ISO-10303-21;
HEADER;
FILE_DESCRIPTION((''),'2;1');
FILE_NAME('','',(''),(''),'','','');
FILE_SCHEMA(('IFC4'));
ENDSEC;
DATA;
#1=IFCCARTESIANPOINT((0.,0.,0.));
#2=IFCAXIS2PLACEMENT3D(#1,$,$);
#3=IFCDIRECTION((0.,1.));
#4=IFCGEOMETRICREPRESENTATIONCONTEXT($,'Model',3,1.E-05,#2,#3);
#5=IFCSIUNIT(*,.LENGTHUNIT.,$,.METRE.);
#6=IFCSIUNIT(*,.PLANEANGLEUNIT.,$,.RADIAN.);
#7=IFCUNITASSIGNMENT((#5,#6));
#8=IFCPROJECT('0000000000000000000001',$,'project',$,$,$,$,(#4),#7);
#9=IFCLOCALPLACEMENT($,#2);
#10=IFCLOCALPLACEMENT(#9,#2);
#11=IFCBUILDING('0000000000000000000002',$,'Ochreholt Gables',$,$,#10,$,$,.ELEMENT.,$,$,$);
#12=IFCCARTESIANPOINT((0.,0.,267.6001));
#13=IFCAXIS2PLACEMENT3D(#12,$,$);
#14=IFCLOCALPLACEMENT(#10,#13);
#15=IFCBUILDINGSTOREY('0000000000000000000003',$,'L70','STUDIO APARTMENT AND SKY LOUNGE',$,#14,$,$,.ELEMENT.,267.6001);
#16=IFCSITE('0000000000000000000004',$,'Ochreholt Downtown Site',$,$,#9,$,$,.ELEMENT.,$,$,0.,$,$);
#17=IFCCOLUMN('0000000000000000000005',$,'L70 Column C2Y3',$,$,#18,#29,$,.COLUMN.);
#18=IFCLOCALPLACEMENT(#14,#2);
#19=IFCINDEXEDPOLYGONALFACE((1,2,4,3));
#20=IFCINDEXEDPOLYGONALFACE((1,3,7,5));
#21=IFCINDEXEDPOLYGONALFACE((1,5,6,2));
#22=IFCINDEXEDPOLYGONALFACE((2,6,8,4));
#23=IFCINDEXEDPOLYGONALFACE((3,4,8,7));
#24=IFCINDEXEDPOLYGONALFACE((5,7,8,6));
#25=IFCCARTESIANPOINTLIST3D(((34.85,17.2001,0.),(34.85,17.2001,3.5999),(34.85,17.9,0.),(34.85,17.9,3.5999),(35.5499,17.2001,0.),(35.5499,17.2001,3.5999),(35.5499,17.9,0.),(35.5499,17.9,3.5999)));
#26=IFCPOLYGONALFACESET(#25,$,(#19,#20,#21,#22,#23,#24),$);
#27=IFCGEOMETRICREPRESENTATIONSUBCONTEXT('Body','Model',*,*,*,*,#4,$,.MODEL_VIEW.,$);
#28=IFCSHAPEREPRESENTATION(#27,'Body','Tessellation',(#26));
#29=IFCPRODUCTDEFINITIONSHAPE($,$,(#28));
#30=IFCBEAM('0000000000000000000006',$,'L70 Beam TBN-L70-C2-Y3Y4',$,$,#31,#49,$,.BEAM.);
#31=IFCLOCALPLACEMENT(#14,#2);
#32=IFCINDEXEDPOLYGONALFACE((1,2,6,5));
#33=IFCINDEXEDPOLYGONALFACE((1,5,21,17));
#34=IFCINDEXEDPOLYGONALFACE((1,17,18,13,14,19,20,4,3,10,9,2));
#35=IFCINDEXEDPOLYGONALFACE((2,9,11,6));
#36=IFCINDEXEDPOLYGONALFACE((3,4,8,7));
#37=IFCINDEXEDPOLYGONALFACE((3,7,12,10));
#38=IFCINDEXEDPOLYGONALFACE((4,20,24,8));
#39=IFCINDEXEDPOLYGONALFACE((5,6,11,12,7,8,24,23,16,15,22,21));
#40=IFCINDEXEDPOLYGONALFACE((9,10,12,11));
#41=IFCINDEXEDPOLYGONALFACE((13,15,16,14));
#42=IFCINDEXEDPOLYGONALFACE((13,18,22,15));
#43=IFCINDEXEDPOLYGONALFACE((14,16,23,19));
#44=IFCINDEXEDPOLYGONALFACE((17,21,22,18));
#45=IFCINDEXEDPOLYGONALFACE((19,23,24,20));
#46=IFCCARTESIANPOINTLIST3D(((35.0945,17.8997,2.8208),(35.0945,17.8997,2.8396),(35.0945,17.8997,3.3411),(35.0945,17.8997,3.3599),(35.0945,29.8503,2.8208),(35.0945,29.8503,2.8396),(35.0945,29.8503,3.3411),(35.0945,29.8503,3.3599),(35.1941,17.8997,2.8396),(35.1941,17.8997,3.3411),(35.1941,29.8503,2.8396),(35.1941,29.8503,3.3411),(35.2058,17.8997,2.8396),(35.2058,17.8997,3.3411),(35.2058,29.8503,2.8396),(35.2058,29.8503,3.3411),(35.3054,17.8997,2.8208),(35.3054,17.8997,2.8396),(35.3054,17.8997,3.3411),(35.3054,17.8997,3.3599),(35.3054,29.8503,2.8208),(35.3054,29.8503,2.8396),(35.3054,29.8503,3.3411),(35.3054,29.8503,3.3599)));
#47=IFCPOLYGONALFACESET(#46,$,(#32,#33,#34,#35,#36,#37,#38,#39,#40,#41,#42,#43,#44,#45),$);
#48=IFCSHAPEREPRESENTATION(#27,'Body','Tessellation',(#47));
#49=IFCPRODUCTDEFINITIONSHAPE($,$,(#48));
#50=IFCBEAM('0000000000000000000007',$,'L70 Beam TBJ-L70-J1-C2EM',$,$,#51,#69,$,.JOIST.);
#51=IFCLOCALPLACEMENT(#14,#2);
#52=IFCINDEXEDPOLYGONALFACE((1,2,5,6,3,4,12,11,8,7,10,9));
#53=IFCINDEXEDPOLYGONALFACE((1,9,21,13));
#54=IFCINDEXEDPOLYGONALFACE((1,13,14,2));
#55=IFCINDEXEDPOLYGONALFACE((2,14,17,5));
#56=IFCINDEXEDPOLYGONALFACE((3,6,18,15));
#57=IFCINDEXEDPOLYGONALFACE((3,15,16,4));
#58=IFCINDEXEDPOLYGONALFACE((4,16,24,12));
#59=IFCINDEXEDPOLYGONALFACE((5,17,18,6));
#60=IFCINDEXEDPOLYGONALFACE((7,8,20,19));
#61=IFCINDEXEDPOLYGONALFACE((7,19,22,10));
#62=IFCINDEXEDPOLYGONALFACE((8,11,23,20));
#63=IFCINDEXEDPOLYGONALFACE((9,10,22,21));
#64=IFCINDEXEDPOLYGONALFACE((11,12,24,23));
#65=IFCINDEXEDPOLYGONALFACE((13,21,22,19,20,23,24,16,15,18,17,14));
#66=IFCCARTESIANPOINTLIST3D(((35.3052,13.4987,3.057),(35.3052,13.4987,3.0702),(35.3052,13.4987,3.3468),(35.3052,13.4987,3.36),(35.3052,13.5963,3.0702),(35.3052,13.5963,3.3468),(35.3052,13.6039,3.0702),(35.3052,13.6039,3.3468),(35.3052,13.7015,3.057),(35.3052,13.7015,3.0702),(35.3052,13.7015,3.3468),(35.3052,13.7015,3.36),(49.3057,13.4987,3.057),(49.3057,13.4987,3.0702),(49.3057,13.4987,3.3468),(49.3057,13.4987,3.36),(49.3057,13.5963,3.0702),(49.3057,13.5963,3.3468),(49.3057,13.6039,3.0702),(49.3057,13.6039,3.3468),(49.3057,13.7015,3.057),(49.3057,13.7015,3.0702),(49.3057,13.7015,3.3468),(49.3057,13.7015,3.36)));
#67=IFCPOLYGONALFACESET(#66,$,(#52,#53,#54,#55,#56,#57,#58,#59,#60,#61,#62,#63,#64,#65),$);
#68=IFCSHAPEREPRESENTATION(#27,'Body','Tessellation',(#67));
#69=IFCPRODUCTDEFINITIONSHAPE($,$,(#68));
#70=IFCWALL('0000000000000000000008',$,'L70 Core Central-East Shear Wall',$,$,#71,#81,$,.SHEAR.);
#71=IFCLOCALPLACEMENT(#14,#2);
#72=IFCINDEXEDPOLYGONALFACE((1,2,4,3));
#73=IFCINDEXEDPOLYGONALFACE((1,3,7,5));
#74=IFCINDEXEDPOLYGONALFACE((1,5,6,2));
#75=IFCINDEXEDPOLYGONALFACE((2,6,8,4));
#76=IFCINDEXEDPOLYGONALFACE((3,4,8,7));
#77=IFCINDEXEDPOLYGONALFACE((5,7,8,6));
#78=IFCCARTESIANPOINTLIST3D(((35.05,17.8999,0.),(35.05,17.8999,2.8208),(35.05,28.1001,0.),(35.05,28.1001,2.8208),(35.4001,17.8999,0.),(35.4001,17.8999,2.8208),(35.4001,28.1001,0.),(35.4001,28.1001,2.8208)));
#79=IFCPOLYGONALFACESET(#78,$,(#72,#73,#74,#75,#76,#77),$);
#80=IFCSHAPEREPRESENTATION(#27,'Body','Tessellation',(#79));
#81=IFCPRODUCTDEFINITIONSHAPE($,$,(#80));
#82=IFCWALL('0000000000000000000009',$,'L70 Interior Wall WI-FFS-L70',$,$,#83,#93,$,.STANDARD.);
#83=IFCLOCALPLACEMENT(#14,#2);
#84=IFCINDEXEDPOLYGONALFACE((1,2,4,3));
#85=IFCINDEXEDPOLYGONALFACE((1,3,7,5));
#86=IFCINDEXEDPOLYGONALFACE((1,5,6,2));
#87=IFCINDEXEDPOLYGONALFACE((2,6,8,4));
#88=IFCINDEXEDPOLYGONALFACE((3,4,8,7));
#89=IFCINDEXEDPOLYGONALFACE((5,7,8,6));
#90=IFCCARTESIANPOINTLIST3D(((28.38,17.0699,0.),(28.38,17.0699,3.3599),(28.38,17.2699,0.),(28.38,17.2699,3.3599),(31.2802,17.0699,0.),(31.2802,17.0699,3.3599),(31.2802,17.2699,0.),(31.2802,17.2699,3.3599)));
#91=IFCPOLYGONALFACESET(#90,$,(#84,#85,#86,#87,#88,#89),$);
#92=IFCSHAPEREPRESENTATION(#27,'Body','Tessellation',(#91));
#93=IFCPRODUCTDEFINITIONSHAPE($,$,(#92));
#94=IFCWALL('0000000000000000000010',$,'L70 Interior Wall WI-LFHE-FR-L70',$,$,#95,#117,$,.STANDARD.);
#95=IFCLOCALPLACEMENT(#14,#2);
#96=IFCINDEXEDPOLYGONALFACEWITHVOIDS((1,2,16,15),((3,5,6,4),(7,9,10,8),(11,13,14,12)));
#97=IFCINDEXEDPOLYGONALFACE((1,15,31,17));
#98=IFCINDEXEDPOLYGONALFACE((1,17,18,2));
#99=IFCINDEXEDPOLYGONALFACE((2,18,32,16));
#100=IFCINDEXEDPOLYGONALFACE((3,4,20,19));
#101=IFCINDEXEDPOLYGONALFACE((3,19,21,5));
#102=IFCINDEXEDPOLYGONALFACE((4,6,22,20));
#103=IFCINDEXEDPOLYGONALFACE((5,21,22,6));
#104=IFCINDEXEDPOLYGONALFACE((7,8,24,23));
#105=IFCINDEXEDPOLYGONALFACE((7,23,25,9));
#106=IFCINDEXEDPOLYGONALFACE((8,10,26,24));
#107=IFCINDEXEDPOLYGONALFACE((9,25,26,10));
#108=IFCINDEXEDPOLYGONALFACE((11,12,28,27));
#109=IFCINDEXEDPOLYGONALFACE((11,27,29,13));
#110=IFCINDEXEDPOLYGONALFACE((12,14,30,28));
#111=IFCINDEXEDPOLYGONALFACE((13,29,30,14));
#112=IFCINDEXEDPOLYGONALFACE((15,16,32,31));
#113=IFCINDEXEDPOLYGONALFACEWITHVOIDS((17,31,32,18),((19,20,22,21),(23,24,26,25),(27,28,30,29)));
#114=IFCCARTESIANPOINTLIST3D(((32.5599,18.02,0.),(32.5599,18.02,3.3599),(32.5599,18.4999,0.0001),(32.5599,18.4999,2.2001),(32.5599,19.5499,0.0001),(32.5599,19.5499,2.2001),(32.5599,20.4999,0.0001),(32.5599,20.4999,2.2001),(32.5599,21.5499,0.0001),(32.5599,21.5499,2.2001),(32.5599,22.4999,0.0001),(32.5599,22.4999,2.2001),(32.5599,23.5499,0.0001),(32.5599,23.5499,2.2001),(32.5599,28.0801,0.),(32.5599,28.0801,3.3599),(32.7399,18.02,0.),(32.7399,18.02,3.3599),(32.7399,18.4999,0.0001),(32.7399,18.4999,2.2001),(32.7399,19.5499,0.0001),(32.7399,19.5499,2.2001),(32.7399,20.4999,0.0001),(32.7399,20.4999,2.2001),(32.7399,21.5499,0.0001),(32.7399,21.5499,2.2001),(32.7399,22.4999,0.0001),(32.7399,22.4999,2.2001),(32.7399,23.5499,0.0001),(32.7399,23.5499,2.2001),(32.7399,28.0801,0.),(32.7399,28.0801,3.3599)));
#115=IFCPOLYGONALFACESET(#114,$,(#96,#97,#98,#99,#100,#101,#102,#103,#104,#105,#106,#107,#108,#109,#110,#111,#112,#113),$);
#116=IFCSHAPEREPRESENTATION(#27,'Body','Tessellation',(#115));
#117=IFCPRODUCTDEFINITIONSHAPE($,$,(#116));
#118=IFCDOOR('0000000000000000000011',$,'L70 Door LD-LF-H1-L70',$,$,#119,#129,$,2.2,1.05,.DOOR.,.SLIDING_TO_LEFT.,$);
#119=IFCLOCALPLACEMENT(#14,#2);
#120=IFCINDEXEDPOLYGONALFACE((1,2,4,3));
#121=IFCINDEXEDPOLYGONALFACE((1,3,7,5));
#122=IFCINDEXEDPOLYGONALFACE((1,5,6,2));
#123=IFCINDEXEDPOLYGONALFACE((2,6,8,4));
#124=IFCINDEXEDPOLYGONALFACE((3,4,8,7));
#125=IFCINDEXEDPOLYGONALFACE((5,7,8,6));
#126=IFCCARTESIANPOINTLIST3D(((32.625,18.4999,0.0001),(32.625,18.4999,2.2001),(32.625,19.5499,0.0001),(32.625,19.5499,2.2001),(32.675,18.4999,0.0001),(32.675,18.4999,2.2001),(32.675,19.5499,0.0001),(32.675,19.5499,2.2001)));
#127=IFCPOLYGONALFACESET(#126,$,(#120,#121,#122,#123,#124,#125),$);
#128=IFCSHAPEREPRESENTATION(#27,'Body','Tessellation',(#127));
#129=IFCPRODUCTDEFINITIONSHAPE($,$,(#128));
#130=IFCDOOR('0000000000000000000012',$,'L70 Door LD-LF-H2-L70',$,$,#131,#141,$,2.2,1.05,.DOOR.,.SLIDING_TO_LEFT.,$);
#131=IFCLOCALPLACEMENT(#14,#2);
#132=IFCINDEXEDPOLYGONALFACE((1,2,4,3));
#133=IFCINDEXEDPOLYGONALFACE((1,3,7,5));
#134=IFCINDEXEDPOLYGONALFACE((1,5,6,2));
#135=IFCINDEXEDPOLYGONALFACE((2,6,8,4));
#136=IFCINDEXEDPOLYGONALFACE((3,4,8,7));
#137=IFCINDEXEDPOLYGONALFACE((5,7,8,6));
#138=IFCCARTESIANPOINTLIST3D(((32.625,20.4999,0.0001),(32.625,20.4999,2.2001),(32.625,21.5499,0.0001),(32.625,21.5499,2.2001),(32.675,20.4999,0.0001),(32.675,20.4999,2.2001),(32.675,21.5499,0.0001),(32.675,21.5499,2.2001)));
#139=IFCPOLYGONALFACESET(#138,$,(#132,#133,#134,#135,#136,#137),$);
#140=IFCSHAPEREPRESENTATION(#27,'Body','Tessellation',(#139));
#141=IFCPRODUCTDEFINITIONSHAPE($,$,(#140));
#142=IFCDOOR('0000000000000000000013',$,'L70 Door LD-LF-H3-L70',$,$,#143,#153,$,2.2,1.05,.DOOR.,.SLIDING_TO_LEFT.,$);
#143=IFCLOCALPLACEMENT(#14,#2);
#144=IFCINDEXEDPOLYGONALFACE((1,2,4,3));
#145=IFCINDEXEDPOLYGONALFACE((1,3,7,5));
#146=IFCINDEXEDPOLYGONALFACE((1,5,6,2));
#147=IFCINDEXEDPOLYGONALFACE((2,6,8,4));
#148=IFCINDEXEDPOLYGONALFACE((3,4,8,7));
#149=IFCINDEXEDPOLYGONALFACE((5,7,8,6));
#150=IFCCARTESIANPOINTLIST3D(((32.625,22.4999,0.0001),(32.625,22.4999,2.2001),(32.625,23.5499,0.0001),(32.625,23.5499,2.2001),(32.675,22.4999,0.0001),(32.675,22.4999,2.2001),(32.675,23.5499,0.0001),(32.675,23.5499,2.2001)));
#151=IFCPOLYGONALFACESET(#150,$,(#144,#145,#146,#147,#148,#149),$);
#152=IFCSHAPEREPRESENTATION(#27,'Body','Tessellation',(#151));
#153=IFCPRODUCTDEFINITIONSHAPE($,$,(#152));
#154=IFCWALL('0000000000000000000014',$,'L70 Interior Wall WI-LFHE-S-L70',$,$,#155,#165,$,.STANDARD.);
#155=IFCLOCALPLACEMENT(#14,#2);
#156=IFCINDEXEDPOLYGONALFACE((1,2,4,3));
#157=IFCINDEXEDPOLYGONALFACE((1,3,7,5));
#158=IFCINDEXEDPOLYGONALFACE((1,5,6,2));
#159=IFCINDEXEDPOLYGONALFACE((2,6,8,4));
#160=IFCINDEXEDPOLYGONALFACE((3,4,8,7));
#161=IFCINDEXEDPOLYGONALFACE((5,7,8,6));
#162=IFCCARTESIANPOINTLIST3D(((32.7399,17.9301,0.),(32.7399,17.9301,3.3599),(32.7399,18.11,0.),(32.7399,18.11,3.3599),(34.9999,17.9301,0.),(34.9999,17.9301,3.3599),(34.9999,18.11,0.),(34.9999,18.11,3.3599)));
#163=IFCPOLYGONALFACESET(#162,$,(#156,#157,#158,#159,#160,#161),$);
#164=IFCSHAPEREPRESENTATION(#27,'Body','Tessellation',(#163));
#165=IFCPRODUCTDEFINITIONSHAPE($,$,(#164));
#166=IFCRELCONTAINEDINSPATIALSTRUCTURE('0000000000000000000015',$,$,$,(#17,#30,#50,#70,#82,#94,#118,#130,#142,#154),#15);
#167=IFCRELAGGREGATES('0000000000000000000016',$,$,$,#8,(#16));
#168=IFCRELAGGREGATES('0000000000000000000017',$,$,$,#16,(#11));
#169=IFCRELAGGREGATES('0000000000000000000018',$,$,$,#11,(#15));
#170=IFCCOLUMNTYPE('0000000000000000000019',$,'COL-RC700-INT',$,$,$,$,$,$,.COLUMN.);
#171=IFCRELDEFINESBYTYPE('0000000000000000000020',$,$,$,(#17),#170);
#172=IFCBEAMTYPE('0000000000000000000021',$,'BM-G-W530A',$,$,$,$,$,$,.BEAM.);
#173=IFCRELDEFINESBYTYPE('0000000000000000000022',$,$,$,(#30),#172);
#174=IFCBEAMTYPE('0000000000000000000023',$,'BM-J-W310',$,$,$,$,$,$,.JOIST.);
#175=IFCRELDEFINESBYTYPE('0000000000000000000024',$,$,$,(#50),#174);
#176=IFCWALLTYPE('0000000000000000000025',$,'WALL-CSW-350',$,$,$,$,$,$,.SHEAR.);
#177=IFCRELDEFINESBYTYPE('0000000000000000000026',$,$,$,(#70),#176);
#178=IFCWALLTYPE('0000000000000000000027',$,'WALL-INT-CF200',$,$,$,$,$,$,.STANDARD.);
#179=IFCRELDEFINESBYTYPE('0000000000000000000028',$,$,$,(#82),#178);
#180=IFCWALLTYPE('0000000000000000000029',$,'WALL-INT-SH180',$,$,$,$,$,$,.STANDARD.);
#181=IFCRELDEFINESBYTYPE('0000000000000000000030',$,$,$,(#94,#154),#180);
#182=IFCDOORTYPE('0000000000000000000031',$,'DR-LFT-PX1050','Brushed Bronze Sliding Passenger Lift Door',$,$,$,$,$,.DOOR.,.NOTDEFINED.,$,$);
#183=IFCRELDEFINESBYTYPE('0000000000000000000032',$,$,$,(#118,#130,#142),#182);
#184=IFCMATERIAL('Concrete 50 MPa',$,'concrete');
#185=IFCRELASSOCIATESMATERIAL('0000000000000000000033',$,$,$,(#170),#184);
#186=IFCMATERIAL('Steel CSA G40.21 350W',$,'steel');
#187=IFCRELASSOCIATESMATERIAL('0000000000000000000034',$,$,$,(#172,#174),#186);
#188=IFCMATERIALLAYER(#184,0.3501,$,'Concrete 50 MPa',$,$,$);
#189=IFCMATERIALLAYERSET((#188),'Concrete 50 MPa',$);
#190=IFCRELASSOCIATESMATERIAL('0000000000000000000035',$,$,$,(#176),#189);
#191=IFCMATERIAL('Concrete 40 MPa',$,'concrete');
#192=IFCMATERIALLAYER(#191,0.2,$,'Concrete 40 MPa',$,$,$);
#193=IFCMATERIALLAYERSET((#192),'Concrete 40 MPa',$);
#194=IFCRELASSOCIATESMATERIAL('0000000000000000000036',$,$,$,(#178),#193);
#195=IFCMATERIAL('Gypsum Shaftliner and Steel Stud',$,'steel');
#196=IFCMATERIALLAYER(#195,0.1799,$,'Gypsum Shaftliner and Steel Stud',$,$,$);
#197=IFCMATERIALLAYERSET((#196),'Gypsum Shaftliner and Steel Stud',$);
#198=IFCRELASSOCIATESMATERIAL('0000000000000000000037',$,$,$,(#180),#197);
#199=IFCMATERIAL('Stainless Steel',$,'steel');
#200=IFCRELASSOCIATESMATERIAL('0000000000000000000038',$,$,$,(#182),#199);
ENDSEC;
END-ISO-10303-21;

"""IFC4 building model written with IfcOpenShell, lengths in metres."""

from ifc_helpers import new_model, si_unit, direction, frame, frame_2d, origin, origin_2d, place, context, subcontext, project, spatial, rectangle, i_section, extrude, material, layer, layer_set, material_profile, profile_set, type_object, element, fill, save


model = new_model("IFC4")

# Units and contexts
model_context = context("Model", 3, precision=1e-05, world=origin(), true_north=direction((0.0, 1.0)))
body_context = subcontext(model_context, "Body", "Model", "MODEL_VIEW")
ifc_project = project(units=[si_unit("LENGTHUNIT", "METRE"), si_unit("PLANEANGLEUNIT", "RADIAN")], contexts=[model_context])

# Site, building, storey
site_placement = place(None, origin())
site = spatial("IfcSite", under=ifc_project, at=site_placement, Name="Ochreholt Downtown Site", CompositionType="ELEMENT", RefElevation=0.0)
building_placement = place(site_placement, origin())
building = spatial("IfcBuilding", under=site, at=building_placement, Name="Ochreholt Gables", CompositionType="ELEMENT")
storey_placement = place(building_placement, frame((0.0, 0.0, 267.6001)))
storey = spatial("IfcBuildingStorey", under=building, at=storey_placement, Name="L70", Description="STUDIO APARTMENT AND SKY LOUNGE", CompositionType="ELEMENT", Elevation=267.6001)

# Column
ifc_material_1 = material(Name="Concrete 50 MPa", Category="concrete")
ifc_material_profile_1 = material_profile(ifc_material_1, rectangle(XDim=0.7, YDim=0.7, at=origin_2d()), Name="RC700X700")
ifc_profile_set_1 = profile_set([ifc_material_profile_1], Name="Concrete 50 MPa")
column_type = type_object("IfcColumnType", Name="COL-RC700-INT", PredefinedType="COLUMN", material=ifc_profile_set_1)
column_placement = place(storey_placement, frame((35.2, 17.55, 0.0), z_axis=(0.0, 0.0, 1.0), x_axis=(1.0, 0.0, 0.0)))
element("IfcColumn", 1, at=column_placement, inside=storey, type_object=column_type, Name="L70 Column C2Y3", PredefinedType="COLUMN", context=body_context, shape_type="SweptSolid", body=[
    extrude(rectangle(XDim=0.7, YDim=0.7, at=origin_2d()), origin(), (0.0, 0.0, 1.0), 3.5999),
])

# Beams
ifc_material_2 = material(Name="Steel CSA G40.21 350W", Category="steel")
ifc_material_profile_2 = material_profile(ifc_material_2, i_section(OverallWidth=0.2109, OverallDepth=0.5391, WebThickness=0.0117, FlangeThickness=0.0188, at=origin_2d()), Name="W530X109")
ifc_profile_set_2 = profile_set([ifc_material_profile_2], Name="Steel CSA G40.21 350W")
beam_type_1 = type_object("IfcBeamType", Name="BM-G-W530A", PredefinedType="BEAM", material=ifc_profile_set_2)
beam_1_placement = place(storey_placement, frame((35.2, 17.8997, 3.0903), z_axis=(0.0, 1.0, 0.0), x_axis=(-1.0, 0.0, 0.0)))
element("IfcBeam", 2, at=beam_1_placement, inside=storey, type_object=beam_type_1, Name="L70 Beam TBN-L70-C2-Y3Y4", PredefinedType="BEAM", context=body_context, shape_type="SweptSolid", body=[
    extrude(i_section(OverallWidth=0.2109, OverallDepth=0.5391, WebThickness=0.0117, FlangeThickness=0.0188, at=origin_2d()), origin(), (0.0, 0.0, 1.0), 11.9507),
])
ifc_material_profile_3 = material_profile(ifc_material_2, i_section(OverallWidth=0.2029, OverallDepth=0.303, WebThickness=0.0076, FlangeThickness=0.0132, at=origin_2d()), Name="W310X60")
ifc_profile_set_3 = profile_set([ifc_material_profile_3], Name="Steel CSA G40.21 350W")
beam_type_2 = type_object("IfcBeamType", Name="BM-J-W310", PredefinedType="JOIST", material=ifc_profile_set_3)
beam_2_placement = place(storey_placement, frame((35.3052, 13.6001, 3.2085), z_axis=(1.0, 0.0, 0.0), x_axis=(0.0, 1.0, 0.0)))
element("IfcBeam", 3, at=beam_2_placement, inside=storey, type_object=beam_type_2, Name="L70 Beam TBJ-L70-J1-C2EM", PredefinedType="JOIST", context=body_context, shape_type="SweptSolid", body=[
    extrude(i_section(OverallWidth=0.2029, OverallDepth=0.303, WebThickness=0.0076, FlangeThickness=0.0132, at=origin_2d()), origin(), (0.0, 0.0, 1.0), 14.0005),
])

# Walls
ifc_layer_1 = layer(ifc_material_1, 0.3501, Name="Concrete 50 MPa")
ifc_layer_set_1 = layer_set([ifc_layer_1], Name="Concrete 50 MPa")
wall_type_1 = type_object("IfcWallType", Name="WALL-CSW-350", PredefinedType="SHEAR", material=ifc_layer_set_1)
wall_1_placement = place(storey_placement, frame((35.2251, 17.8999, 0.0), z_axis=(0.0, 0.0, 1.0), x_axis=(0.0, 1.0, 0.0)))
element("IfcWall", 4, at=wall_1_placement, inside=storey, type_object=wall_type_1, Name="L70 Core Central-East Shear Wall", PredefinedType="SHEAR", context=body_context, shape_type="SweptSolid", body=[
    extrude(rectangle(XDim=10.2002, YDim=0.3501, at=frame_2d((5.1001, 0.0))), origin(), (0.0, 0.0, 1.0), 2.8208),
])
ifc_material_3 = material(Name="Concrete 40 MPa", Category="concrete")
ifc_layer_2 = layer(ifc_material_3, 0.2, Name="Concrete 40 MPa")
ifc_layer_set_2 = layer_set([ifc_layer_2], Name="Concrete 40 MPa")
wall_type_2 = type_object("IfcWallType", Name="WALL-INT-CF200", PredefinedType="STANDARD", material=ifc_layer_set_2)
wall_2_placement = place(storey_placement, frame((28.3799, 17.1699, 0.0), z_axis=(0.0, 0.0, 1.0), x_axis=(1.0, 0.0, 0.0)))
element("IfcWall", 5, at=wall_2_placement, inside=storey, type_object=wall_type_2, Name="L70 Interior Wall WI-FFS-L70", PredefinedType="STANDARD", context=body_context, shape_type="SweptSolid", body=[
    extrude(rectangle(XDim=2.9001, YDim=0.2, at=frame_2d((1.4502, 0.0))), origin(), (0.0, 0.0, 1.0), 3.3599),
])

# Wall, openings, doors
ifc_material_4 = material(Name="Gypsum Shaftliner and Steel Stud", Category="steel")
ifc_layer_3 = layer(ifc_material_4, 0.1799, Name="Gypsum Shaftliner and Steel Stud")
ifc_layer_set_3 = layer_set([ifc_layer_3], Name="Gypsum Shaftliner and Steel Stud")
wall_type_3 = type_object("IfcWallType", Name="WALL-INT-SH180", PredefinedType="STANDARD", material=ifc_layer_set_3)
wall_3_placement = place(storey_placement, frame((32.6499, 18.02, 0.0), z_axis=(0.0, 0.0, 1.0), x_axis=(0.0, 1.0, 0.0)))
wall_3 = element("IfcWall", 6, at=wall_3_placement, inside=storey, type_object=wall_type_3, Name="L70 Interior Wall WI-LFHE-FR-L70", PredefinedType="STANDARD", context=body_context, shape_type="SweptSolid", body=[
    extrude(rectangle(XDim=10.0601, YDim=0.1799, at=frame_2d((5.03, 0.0))), origin(), (0.0, 0.0, 1.0), 3.3599),
])
opening_1_placement = place(wall_3_placement, frame((0.48, 0.0, 0.0)))
opening_1 = element("IfcOpeningElement", 7, at=opening_1_placement, cuts=wall_3, PredefinedType="OPENING", context=body_context, shape_type="SweptSolid", body=[
    extrude(rectangle(XDim=1.05, YDim=2.2, at=frame_2d((0.5249, 1.1001))), frame((0.0, 0.0999, 0.0), z_axis=(0.0, -1.0, 0.0), x_axis=(1.0, 0.0, 0.0)), (0.0, 0.0, 1.0), 0.2),
])
opening_2_placement = place(wall_3_placement, frame((2.48, 0.0, 0.0)))
opening_2 = element("IfcOpeningElement", 8, at=opening_2_placement, cuts=wall_3, PredefinedType="OPENING", context=body_context, shape_type="SweptSolid", body=[
    extrude(rectangle(XDim=1.05, YDim=2.2, at=frame_2d((0.5249, 1.1001))), frame((0.0, 0.0999, 0.0), z_axis=(0.0, -1.0, 0.0), x_axis=(1.0, 0.0, 0.0)), (0.0, 0.0, 1.0), 0.2),
])
opening_3_placement = place(wall_3_placement, frame((4.48, 0.0, 0.0)))
opening_3 = element("IfcOpeningElement", 9, at=opening_3_placement, cuts=wall_3, PredefinedType="OPENING", context=body_context, shape_type="SweptSolid", body=[
    extrude(rectangle(XDim=1.05, YDim=2.2, at=frame_2d((0.5249, 1.1001))), frame((0.0, 0.0999, 0.0), z_axis=(0.0, -1.0, 0.0), x_axis=(1.0, 0.0, 0.0)), (0.0, 0.0, 1.0), 0.2),
])
ifc_material_5 = material(Name="Stainless Steel", Category="steel")
door_type_1 = type_object("IfcDoorType", Name="DR-LFT-PX1050", Description="Brushed Bronze Sliding Passenger Lift Door", OperationType="NOTDEFINED", PredefinedType="DOOR", material=ifc_material_5)
door_1_placement = place(opening_1_placement, origin())
door_1 = element("IfcDoor", 10, at=door_1_placement, inside=storey, type_object=door_type_1, Name="L70 Door LD-LF-H1-L70", OperationType="SLIDING_TO_LEFT", OverallHeight=2.2, OverallWidth=1.05, PredefinedType="DOOR", context=body_context, shape_type="SweptSolid", body=[
    extrude(rectangle(XDim=1.05, YDim=2.2, at=frame_2d((0.5249, 1.1001))), frame((0.0, 0.0249, 0.0), z_axis=(0.0, -1.0, 0.0), x_axis=(1.0, 0.0, 0.0)), (0.0, 0.0, 1.0), 0.05),
])
fill(opening_1, door_1)
door_2_placement = place(opening_2_placement, origin())
door_2 = element("IfcDoor", 11, at=door_2_placement, inside=storey, type_object=door_type_1, Name="L70 Door LD-LF-H2-L70", OperationType="SLIDING_TO_LEFT", OverallHeight=2.2, OverallWidth=1.05, PredefinedType="DOOR", context=body_context, shape_type="SweptSolid", body=[
    extrude(rectangle(XDim=1.05, YDim=2.2, at=frame_2d((0.5249, 1.1001))), frame((0.0, 0.0249, 0.0), z_axis=(0.0, -1.0, 0.0), x_axis=(1.0, 0.0, 0.0)), (0.0, 0.0, 1.0), 0.05),
])
fill(opening_2, door_2)
door_3_placement = place(opening_3_placement, origin())
door_3 = element("IfcDoor", 12, at=door_3_placement, inside=storey, type_object=door_type_1, Name="L70 Door LD-LF-H3-L70", OperationType="SLIDING_TO_LEFT", OverallHeight=2.2, OverallWidth=1.05, PredefinedType="DOOR", context=body_context, shape_type="SweptSolid", body=[
    extrude(rectangle(XDim=1.05, YDim=2.2, at=frame_2d((0.5249, 1.1001))), frame((0.0, 0.0249, 0.0), z_axis=(0.0, -1.0, 0.0), x_axis=(1.0, 0.0, 0.0)), (0.0, 0.0, 1.0), 0.05),
])
fill(opening_3, door_3)

# Wall
wall_4_placement = place(storey_placement, frame((32.74, 18.02, 0.0), z_axis=(0.0, 0.0, 1.0), x_axis=(1.0, 0.0, 0.0)))
element("IfcWall", 13, at=wall_4_placement, inside=storey, type_object=wall_type_3, Name="L70 Interior Wall WI-LFHE-S-L70", PredefinedType="STANDARD", context=body_context, shape_type="SweptSolid", body=[
    extrude(rectangle(XDim=2.26, YDim=0.1799, at=frame_2d((1.1299, 0.0))), origin(), (0.0, 0.0, 1.0), 3.3599),
])

save(model, "model.ifc")
